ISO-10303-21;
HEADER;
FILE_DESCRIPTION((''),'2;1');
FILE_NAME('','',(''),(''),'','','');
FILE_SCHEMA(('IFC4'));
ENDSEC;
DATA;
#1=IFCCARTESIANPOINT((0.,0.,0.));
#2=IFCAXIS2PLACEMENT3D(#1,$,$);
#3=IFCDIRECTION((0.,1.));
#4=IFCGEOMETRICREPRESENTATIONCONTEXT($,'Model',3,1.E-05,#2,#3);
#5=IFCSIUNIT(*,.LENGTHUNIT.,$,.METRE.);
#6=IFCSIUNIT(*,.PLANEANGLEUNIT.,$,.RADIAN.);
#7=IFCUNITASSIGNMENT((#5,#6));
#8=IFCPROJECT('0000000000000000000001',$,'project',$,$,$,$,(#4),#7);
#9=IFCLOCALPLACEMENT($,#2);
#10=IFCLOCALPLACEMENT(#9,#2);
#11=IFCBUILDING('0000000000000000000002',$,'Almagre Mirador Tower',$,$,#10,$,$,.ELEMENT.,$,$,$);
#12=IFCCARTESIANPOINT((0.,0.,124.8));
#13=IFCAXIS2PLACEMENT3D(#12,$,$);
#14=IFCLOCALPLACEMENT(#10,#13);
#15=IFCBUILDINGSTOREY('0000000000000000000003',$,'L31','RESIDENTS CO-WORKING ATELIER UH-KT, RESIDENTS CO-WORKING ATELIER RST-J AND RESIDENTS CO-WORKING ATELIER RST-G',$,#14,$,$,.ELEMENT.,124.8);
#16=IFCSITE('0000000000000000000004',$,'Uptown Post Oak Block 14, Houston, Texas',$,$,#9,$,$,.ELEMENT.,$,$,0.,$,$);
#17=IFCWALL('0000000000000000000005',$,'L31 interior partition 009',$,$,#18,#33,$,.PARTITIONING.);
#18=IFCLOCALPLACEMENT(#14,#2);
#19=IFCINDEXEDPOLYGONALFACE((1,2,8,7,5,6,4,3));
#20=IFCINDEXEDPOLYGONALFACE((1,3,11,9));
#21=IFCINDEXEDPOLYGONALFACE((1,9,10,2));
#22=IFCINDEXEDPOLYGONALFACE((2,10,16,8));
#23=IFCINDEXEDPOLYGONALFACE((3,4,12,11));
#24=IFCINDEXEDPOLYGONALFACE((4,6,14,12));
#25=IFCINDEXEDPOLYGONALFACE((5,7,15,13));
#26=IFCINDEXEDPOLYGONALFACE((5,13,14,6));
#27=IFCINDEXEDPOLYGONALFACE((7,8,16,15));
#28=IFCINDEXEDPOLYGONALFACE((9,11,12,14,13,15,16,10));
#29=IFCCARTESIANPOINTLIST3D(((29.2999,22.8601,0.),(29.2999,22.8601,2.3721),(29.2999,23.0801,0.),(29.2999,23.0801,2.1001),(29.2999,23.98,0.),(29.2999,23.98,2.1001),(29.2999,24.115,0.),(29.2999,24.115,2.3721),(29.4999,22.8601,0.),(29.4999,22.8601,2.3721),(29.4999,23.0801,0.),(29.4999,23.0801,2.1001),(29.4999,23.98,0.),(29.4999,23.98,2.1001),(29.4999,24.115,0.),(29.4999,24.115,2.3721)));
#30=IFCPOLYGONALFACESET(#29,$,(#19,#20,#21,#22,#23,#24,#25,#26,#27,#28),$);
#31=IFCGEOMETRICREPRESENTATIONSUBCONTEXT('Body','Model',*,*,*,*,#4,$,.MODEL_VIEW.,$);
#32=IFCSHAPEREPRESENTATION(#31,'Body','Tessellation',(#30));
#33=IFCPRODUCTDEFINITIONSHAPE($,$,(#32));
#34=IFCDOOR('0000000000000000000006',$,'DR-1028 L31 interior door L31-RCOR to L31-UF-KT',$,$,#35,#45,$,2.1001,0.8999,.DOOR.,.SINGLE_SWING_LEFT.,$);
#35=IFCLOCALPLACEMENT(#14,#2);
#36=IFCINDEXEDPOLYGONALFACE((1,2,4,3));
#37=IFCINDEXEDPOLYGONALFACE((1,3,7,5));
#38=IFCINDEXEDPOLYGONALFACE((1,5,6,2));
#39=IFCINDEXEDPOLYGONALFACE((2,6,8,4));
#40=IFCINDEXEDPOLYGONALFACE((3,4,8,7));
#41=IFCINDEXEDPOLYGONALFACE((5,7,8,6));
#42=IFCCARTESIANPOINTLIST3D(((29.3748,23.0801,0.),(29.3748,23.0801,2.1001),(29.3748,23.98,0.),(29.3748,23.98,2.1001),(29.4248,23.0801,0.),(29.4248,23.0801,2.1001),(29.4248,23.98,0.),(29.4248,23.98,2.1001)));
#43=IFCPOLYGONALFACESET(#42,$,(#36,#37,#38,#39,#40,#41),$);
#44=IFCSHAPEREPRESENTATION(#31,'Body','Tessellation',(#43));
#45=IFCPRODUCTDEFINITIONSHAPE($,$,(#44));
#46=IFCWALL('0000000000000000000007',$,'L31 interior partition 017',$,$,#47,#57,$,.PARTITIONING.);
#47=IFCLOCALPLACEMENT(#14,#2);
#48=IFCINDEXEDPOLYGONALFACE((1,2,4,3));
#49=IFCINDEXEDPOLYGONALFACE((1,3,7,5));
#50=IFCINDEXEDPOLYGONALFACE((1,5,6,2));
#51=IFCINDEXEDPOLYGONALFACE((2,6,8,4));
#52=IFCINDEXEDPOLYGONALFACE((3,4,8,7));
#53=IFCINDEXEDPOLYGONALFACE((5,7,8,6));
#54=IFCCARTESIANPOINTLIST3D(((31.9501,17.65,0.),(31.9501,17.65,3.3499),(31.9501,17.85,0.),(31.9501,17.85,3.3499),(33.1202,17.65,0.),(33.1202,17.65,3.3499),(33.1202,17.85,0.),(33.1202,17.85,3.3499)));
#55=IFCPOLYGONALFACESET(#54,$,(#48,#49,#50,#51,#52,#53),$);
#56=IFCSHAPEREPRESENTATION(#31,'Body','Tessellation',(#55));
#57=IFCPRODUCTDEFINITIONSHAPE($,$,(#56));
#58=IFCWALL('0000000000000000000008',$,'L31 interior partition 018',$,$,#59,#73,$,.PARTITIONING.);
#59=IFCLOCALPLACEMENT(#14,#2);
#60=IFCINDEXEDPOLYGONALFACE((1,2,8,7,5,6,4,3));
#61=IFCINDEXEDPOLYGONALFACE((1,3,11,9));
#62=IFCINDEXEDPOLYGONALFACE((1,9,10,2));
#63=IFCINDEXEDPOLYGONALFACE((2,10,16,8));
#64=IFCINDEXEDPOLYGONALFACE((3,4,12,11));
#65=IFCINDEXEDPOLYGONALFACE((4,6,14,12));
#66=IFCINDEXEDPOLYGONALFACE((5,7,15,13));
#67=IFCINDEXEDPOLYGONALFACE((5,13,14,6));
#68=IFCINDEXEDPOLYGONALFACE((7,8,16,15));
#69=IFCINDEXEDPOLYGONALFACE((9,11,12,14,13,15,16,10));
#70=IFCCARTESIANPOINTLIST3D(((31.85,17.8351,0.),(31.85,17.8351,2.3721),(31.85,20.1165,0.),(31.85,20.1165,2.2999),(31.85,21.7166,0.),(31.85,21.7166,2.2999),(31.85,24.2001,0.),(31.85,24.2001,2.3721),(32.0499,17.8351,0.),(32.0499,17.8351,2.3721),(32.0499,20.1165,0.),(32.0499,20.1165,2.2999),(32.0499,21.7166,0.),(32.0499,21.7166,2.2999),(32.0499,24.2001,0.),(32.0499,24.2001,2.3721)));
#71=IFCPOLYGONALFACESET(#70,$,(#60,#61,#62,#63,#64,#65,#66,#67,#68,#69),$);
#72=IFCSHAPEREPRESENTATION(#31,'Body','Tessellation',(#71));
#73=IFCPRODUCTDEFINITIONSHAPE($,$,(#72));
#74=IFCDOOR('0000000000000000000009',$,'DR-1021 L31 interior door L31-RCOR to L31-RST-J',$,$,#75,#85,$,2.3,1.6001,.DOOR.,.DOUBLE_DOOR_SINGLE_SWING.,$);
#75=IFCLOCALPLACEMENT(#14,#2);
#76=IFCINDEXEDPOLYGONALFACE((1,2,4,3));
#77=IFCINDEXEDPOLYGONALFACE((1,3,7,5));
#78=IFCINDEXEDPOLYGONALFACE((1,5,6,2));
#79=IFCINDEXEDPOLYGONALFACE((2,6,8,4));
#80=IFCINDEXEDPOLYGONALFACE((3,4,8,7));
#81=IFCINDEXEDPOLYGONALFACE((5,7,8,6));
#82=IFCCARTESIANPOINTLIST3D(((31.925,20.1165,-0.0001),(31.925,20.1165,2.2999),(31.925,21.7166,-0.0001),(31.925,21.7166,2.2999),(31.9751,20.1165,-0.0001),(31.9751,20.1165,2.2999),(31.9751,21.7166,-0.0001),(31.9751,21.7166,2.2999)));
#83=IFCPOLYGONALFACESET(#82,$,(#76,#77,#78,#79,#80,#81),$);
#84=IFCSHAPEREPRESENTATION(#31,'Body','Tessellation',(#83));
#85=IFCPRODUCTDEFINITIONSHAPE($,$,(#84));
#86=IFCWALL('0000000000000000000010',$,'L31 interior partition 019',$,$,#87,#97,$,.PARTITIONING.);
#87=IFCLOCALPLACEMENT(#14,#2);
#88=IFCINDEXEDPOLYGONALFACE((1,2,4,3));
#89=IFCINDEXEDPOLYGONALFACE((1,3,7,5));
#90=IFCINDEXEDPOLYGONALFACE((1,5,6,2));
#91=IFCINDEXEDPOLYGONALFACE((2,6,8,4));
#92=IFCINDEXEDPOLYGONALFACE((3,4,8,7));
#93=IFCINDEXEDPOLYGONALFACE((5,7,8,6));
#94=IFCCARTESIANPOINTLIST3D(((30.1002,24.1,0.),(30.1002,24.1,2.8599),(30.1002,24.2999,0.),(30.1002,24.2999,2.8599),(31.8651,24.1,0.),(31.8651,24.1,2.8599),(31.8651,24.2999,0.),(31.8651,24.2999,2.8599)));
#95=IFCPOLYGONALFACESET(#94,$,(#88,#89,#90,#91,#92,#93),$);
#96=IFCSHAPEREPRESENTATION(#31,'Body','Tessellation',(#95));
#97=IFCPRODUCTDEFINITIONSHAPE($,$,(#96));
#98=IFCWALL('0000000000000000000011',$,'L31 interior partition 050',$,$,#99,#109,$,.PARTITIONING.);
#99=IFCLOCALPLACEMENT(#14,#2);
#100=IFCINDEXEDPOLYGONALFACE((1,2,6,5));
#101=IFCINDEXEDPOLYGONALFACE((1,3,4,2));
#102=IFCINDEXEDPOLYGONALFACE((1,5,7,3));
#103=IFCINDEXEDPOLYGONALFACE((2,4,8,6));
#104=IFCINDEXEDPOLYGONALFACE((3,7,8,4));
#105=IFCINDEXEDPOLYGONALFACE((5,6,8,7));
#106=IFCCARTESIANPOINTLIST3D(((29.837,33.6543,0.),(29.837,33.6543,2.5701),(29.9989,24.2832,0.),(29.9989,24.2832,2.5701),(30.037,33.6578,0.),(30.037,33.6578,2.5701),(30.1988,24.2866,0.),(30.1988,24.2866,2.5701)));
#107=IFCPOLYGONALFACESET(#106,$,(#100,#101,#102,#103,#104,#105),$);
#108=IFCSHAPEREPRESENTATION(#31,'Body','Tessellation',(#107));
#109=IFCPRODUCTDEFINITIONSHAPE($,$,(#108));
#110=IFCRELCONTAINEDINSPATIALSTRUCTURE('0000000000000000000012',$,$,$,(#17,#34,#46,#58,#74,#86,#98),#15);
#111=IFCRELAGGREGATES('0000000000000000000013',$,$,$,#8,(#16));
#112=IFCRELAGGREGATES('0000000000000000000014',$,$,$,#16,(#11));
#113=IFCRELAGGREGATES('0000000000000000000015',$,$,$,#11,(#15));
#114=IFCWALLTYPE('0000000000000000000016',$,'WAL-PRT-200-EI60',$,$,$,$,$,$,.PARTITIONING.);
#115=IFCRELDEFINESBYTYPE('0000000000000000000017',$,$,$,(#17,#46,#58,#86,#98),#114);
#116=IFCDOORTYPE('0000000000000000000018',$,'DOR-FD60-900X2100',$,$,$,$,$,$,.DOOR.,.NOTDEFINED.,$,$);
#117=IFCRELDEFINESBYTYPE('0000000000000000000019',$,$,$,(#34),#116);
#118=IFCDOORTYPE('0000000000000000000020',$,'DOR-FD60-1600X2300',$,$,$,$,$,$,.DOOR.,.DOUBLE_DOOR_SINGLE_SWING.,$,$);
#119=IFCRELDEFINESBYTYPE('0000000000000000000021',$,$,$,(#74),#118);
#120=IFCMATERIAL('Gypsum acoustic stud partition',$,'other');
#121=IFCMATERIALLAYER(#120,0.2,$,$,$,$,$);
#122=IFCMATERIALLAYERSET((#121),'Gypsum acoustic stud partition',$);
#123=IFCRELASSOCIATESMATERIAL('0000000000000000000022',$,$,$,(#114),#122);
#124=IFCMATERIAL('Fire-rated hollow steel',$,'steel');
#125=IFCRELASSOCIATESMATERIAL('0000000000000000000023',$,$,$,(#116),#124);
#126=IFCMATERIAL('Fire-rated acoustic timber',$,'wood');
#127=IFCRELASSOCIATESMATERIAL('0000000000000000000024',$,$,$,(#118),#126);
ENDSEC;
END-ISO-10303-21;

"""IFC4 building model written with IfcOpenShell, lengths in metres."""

from ifc_helpers import new_model, si_unit, direction, frame, frame_2d, origin, place, context, subcontext, project, spatial, rectangle, extrude, material, layer, layer_set, type_object, element, fill, save


model = new_model("IFC4")

# Units and contexts
model_context = context("Model", 3, precision=1e-05, world=origin(), true_north=direction((0.0, 1.0)))
body_context = subcontext(model_context, "Body", "Model", "MODEL_VIEW")
ifc_project = project(units=[si_unit("LENGTHUNIT", "METRE"), si_unit("PLANEANGLEUNIT", "RADIAN")], contexts=[model_context])

# Site, building, storey
site_placement = place(None, origin())
site = spatial("IfcSite", under=ifc_project, at=site_placement, Name="Uptown Post Oak Block 14, Houston, Texas", CompositionType="ELEMENT", RefElevation=0.0)
building_placement = place(site_placement, origin())
building = spatial("IfcBuilding", under=site, at=building_placement, Name="Almagre Mirador Tower", CompositionType="ELEMENT")
storey_placement = place(building_placement, frame((0.0, 0.0, 124.8)))
storey = spatial("IfcBuildingStorey", under=building, at=storey_placement, Name="L31", Description="RESIDENTS CO-WORKING ATELIER UH-KT, RESIDENTS CO-WORKING ATELIER RST-J AND RESIDENTS CO-WORKING ATELIER RST-G", CompositionType="ELEMENT", Elevation=124.8)

# Shared definitions
ifc_material_1 = material(Name="Gypsum acoustic stud partition", Category="other")
ifc_layer_1 = layer(ifc_material_1, 0.2)
ifc_layer_set_1 = layer_set([ifc_layer_1], Name="Gypsum acoustic stud partition")
wall_type_1 = type_object("IfcWallType", Name="WAL-PRT-200-EI60", PredefinedType="PARTITIONING", material=ifc_layer_set_1)

# Wall, opening, door
wall_1_placement = place(storey_placement, frame((29.3999, 24.115, 0.0), z_axis=(0.0, 0.0, 1.0), x_axis=(0.0, -1.0, 0.0)))
wall_1 = element("IfcWall", 1, at=wall_1_placement, inside=storey, type_object=wall_type_1, Name="L31 interior partition 009", PredefinedType="PARTITIONING", context=body_context, shape_type="SweptSolid", body=[
    extrude(rectangle(XDim=1.2549, YDim=0.2, at=frame_2d((0.6274, 0.0))), origin(), (0.0, 0.0, 1.0), 2.3721),
])
opening_1_placement = place(wall_1_placement, frame((0.135, 0.0, 0.0)))
opening_1 = element("IfcOpeningElement", 2, at=opening_1_placement, cuts=wall_1, PredefinedType="OPENING", context=body_context, shape_type="SweptSolid", body=[
    extrude(rectangle(XDim=0.8999, YDim=2.1001, at=frame_2d((0.45, 1.05))), frame((0.0, 0.1101, 0.0), z_axis=(0.0, -1.0, 0.0), x_axis=(1.0, 0.0, 0.0)), (0.0, 0.0, 1.0), 0.22),
])
ifc_material_2 = material(Name="Fire-rated hollow steel", Category="steel")
door_type_1 = type_object("IfcDoorType", Name="DOR-FD60-900X2100", OperationType="NOTDEFINED", PredefinedType="DOOR", material=ifc_material_2)
door_1_placement = place(opening_1_placement, origin())
door_1 = element("IfcDoor", 3, at=door_1_placement, inside=storey, type_object=door_type_1, Name="DR-1028 L31 interior door L31-RCOR to L31-UF-KT", OperationType="SINGLE_SWING_LEFT", OverallHeight=2.1001, OverallWidth=0.8999, PredefinedType="DOOR", context=body_context, shape_type="SweptSolid", body=[
    extrude(rectangle(XDim=0.8999, YDim=2.1001, at=frame_2d((0.45, 1.05))), frame((0.0, 0.0249, 0.0), z_axis=(0.0, -1.0, 0.0), x_axis=(1.0, 0.0, 0.0)), (0.0, 0.0, 1.0), 0.05),
])
fill(opening_1, door_1)

# Wall
wall_2_placement = place(storey_placement, frame((33.1201, 17.75, 0.0), z_axis=(0.0, 0.0, 1.0), x_axis=(-1.0, 0.0, 0.0)))
element("IfcWall", 4, at=wall_2_placement, inside=storey, type_object=wall_type_1, Name="L31 interior partition 017", PredefinedType="PARTITIONING", context=body_context, shape_type="SweptSolid", body=[
    extrude(rectangle(XDim=1.1702, YDim=0.2, at=frame_2d((0.585, 0.0))), origin(), (0.0, 0.0, 1.0), 3.3499),
])

# Wall, opening, door
wall_3_placement = place(storey_placement, frame((31.95, 17.835, 0.0), z_axis=(0.0, 0.0, 1.0), x_axis=(0.0, 1.0, 0.0)))
wall_3 = element("IfcWall", 5, at=wall_3_placement, inside=storey, type_object=wall_type_1, Name="L31 interior partition 018", PredefinedType="PARTITIONING", context=body_context, shape_type="SweptSolid", body=[
    extrude(rectangle(XDim=6.365, YDim=0.2, at=frame_2d((3.1826, 0.0))), origin(), (0.0, 0.0, 1.0), 2.3721),
])
opening_2_placement = place(wall_3_placement, frame((2.2815, 0.0, 0.0)))
opening_2 = element("IfcOpeningElement", 6, at=opening_2_placement, cuts=wall_3, PredefinedType="OPENING", context=body_context, shape_type="SweptSolid", body=[
    extrude(rectangle(XDim=1.6001, YDim=2.3, at=frame_2d((0.8, 1.1499))), frame((0.0, 0.1101, 0.0), z_axis=(0.0, -1.0, 0.0), x_axis=(1.0, 0.0, 0.0)), (0.0, 0.0, 1.0), 0.22),
])
ifc_material_3 = material(Name="Fire-rated acoustic timber", Category="wood")
door_type_2 = type_object("IfcDoorType", Name="DOR-FD60-1600X2300", OperationType="DOUBLE_DOOR_SINGLE_SWING", PredefinedType="DOOR", material=ifc_material_3)
door_2_placement = place(opening_2_placement, origin())
door_2 = element("IfcDoor", 7, at=door_2_placement, inside=storey, type_object=door_type_2, Name="DR-1021 L31 interior door L31-RCOR to L31-RST-J", OperationType="DOUBLE_DOOR_SINGLE_SWING", OverallHeight=2.3, OverallWidth=1.6001, PredefinedType="DOOR", context=body_context, shape_type="SweptSolid", body=[
    extrude(rectangle(XDim=1.6001, YDim=2.3, at=frame_2d((0.8, 1.1499))), frame((0.0, 0.0249, 0.0), z_axis=(0.0, -1.0, 0.0), x_axis=(1.0, 0.0, 0.0)), (0.0, 0.0, 1.0), 0.05),
])
fill(opening_2, door_2)

# Walls
wall_4_placement = place(storey_placement, frame((31.865, 24.2, 0.0), z_axis=(0.0, 0.0, 1.0), x_axis=(-1.0, 0.0, 0.0)))
element("IfcWall", 8, at=wall_4_placement, inside=storey, type_object=wall_type_1, Name="L31 interior partition 019", PredefinedType="PARTITIONING", context=body_context, shape_type="SweptSolid", body=[
    extrude(rectangle(XDim=1.7649, YDim=0.2, at=frame_2d((0.8823, 0.0))), origin(), (0.0, 0.0, 1.0), 2.8599),
])
wall_5_placement = place(storey_placement, frame((30.0989, 24.2849, 0.0), z_axis=(0.0, 0.0, 1.0), x_axis=(-0.01727, 0.999851, 0.0)))
element("IfcWall", 9, at=wall_5_placement, inside=storey, type_object=wall_type_1, Name="L31 interior partition 050", PredefinedType="PARTITIONING", context=body_context, shape_type="SweptSolid", body=[
    extrude(rectangle(XDim=9.3726, YDim=0.2, at=frame_2d((4.6863, 0.0))), origin(), (0.0, 0.0, 1.0), 2.5701),
])

save(model, "model.ifc")
